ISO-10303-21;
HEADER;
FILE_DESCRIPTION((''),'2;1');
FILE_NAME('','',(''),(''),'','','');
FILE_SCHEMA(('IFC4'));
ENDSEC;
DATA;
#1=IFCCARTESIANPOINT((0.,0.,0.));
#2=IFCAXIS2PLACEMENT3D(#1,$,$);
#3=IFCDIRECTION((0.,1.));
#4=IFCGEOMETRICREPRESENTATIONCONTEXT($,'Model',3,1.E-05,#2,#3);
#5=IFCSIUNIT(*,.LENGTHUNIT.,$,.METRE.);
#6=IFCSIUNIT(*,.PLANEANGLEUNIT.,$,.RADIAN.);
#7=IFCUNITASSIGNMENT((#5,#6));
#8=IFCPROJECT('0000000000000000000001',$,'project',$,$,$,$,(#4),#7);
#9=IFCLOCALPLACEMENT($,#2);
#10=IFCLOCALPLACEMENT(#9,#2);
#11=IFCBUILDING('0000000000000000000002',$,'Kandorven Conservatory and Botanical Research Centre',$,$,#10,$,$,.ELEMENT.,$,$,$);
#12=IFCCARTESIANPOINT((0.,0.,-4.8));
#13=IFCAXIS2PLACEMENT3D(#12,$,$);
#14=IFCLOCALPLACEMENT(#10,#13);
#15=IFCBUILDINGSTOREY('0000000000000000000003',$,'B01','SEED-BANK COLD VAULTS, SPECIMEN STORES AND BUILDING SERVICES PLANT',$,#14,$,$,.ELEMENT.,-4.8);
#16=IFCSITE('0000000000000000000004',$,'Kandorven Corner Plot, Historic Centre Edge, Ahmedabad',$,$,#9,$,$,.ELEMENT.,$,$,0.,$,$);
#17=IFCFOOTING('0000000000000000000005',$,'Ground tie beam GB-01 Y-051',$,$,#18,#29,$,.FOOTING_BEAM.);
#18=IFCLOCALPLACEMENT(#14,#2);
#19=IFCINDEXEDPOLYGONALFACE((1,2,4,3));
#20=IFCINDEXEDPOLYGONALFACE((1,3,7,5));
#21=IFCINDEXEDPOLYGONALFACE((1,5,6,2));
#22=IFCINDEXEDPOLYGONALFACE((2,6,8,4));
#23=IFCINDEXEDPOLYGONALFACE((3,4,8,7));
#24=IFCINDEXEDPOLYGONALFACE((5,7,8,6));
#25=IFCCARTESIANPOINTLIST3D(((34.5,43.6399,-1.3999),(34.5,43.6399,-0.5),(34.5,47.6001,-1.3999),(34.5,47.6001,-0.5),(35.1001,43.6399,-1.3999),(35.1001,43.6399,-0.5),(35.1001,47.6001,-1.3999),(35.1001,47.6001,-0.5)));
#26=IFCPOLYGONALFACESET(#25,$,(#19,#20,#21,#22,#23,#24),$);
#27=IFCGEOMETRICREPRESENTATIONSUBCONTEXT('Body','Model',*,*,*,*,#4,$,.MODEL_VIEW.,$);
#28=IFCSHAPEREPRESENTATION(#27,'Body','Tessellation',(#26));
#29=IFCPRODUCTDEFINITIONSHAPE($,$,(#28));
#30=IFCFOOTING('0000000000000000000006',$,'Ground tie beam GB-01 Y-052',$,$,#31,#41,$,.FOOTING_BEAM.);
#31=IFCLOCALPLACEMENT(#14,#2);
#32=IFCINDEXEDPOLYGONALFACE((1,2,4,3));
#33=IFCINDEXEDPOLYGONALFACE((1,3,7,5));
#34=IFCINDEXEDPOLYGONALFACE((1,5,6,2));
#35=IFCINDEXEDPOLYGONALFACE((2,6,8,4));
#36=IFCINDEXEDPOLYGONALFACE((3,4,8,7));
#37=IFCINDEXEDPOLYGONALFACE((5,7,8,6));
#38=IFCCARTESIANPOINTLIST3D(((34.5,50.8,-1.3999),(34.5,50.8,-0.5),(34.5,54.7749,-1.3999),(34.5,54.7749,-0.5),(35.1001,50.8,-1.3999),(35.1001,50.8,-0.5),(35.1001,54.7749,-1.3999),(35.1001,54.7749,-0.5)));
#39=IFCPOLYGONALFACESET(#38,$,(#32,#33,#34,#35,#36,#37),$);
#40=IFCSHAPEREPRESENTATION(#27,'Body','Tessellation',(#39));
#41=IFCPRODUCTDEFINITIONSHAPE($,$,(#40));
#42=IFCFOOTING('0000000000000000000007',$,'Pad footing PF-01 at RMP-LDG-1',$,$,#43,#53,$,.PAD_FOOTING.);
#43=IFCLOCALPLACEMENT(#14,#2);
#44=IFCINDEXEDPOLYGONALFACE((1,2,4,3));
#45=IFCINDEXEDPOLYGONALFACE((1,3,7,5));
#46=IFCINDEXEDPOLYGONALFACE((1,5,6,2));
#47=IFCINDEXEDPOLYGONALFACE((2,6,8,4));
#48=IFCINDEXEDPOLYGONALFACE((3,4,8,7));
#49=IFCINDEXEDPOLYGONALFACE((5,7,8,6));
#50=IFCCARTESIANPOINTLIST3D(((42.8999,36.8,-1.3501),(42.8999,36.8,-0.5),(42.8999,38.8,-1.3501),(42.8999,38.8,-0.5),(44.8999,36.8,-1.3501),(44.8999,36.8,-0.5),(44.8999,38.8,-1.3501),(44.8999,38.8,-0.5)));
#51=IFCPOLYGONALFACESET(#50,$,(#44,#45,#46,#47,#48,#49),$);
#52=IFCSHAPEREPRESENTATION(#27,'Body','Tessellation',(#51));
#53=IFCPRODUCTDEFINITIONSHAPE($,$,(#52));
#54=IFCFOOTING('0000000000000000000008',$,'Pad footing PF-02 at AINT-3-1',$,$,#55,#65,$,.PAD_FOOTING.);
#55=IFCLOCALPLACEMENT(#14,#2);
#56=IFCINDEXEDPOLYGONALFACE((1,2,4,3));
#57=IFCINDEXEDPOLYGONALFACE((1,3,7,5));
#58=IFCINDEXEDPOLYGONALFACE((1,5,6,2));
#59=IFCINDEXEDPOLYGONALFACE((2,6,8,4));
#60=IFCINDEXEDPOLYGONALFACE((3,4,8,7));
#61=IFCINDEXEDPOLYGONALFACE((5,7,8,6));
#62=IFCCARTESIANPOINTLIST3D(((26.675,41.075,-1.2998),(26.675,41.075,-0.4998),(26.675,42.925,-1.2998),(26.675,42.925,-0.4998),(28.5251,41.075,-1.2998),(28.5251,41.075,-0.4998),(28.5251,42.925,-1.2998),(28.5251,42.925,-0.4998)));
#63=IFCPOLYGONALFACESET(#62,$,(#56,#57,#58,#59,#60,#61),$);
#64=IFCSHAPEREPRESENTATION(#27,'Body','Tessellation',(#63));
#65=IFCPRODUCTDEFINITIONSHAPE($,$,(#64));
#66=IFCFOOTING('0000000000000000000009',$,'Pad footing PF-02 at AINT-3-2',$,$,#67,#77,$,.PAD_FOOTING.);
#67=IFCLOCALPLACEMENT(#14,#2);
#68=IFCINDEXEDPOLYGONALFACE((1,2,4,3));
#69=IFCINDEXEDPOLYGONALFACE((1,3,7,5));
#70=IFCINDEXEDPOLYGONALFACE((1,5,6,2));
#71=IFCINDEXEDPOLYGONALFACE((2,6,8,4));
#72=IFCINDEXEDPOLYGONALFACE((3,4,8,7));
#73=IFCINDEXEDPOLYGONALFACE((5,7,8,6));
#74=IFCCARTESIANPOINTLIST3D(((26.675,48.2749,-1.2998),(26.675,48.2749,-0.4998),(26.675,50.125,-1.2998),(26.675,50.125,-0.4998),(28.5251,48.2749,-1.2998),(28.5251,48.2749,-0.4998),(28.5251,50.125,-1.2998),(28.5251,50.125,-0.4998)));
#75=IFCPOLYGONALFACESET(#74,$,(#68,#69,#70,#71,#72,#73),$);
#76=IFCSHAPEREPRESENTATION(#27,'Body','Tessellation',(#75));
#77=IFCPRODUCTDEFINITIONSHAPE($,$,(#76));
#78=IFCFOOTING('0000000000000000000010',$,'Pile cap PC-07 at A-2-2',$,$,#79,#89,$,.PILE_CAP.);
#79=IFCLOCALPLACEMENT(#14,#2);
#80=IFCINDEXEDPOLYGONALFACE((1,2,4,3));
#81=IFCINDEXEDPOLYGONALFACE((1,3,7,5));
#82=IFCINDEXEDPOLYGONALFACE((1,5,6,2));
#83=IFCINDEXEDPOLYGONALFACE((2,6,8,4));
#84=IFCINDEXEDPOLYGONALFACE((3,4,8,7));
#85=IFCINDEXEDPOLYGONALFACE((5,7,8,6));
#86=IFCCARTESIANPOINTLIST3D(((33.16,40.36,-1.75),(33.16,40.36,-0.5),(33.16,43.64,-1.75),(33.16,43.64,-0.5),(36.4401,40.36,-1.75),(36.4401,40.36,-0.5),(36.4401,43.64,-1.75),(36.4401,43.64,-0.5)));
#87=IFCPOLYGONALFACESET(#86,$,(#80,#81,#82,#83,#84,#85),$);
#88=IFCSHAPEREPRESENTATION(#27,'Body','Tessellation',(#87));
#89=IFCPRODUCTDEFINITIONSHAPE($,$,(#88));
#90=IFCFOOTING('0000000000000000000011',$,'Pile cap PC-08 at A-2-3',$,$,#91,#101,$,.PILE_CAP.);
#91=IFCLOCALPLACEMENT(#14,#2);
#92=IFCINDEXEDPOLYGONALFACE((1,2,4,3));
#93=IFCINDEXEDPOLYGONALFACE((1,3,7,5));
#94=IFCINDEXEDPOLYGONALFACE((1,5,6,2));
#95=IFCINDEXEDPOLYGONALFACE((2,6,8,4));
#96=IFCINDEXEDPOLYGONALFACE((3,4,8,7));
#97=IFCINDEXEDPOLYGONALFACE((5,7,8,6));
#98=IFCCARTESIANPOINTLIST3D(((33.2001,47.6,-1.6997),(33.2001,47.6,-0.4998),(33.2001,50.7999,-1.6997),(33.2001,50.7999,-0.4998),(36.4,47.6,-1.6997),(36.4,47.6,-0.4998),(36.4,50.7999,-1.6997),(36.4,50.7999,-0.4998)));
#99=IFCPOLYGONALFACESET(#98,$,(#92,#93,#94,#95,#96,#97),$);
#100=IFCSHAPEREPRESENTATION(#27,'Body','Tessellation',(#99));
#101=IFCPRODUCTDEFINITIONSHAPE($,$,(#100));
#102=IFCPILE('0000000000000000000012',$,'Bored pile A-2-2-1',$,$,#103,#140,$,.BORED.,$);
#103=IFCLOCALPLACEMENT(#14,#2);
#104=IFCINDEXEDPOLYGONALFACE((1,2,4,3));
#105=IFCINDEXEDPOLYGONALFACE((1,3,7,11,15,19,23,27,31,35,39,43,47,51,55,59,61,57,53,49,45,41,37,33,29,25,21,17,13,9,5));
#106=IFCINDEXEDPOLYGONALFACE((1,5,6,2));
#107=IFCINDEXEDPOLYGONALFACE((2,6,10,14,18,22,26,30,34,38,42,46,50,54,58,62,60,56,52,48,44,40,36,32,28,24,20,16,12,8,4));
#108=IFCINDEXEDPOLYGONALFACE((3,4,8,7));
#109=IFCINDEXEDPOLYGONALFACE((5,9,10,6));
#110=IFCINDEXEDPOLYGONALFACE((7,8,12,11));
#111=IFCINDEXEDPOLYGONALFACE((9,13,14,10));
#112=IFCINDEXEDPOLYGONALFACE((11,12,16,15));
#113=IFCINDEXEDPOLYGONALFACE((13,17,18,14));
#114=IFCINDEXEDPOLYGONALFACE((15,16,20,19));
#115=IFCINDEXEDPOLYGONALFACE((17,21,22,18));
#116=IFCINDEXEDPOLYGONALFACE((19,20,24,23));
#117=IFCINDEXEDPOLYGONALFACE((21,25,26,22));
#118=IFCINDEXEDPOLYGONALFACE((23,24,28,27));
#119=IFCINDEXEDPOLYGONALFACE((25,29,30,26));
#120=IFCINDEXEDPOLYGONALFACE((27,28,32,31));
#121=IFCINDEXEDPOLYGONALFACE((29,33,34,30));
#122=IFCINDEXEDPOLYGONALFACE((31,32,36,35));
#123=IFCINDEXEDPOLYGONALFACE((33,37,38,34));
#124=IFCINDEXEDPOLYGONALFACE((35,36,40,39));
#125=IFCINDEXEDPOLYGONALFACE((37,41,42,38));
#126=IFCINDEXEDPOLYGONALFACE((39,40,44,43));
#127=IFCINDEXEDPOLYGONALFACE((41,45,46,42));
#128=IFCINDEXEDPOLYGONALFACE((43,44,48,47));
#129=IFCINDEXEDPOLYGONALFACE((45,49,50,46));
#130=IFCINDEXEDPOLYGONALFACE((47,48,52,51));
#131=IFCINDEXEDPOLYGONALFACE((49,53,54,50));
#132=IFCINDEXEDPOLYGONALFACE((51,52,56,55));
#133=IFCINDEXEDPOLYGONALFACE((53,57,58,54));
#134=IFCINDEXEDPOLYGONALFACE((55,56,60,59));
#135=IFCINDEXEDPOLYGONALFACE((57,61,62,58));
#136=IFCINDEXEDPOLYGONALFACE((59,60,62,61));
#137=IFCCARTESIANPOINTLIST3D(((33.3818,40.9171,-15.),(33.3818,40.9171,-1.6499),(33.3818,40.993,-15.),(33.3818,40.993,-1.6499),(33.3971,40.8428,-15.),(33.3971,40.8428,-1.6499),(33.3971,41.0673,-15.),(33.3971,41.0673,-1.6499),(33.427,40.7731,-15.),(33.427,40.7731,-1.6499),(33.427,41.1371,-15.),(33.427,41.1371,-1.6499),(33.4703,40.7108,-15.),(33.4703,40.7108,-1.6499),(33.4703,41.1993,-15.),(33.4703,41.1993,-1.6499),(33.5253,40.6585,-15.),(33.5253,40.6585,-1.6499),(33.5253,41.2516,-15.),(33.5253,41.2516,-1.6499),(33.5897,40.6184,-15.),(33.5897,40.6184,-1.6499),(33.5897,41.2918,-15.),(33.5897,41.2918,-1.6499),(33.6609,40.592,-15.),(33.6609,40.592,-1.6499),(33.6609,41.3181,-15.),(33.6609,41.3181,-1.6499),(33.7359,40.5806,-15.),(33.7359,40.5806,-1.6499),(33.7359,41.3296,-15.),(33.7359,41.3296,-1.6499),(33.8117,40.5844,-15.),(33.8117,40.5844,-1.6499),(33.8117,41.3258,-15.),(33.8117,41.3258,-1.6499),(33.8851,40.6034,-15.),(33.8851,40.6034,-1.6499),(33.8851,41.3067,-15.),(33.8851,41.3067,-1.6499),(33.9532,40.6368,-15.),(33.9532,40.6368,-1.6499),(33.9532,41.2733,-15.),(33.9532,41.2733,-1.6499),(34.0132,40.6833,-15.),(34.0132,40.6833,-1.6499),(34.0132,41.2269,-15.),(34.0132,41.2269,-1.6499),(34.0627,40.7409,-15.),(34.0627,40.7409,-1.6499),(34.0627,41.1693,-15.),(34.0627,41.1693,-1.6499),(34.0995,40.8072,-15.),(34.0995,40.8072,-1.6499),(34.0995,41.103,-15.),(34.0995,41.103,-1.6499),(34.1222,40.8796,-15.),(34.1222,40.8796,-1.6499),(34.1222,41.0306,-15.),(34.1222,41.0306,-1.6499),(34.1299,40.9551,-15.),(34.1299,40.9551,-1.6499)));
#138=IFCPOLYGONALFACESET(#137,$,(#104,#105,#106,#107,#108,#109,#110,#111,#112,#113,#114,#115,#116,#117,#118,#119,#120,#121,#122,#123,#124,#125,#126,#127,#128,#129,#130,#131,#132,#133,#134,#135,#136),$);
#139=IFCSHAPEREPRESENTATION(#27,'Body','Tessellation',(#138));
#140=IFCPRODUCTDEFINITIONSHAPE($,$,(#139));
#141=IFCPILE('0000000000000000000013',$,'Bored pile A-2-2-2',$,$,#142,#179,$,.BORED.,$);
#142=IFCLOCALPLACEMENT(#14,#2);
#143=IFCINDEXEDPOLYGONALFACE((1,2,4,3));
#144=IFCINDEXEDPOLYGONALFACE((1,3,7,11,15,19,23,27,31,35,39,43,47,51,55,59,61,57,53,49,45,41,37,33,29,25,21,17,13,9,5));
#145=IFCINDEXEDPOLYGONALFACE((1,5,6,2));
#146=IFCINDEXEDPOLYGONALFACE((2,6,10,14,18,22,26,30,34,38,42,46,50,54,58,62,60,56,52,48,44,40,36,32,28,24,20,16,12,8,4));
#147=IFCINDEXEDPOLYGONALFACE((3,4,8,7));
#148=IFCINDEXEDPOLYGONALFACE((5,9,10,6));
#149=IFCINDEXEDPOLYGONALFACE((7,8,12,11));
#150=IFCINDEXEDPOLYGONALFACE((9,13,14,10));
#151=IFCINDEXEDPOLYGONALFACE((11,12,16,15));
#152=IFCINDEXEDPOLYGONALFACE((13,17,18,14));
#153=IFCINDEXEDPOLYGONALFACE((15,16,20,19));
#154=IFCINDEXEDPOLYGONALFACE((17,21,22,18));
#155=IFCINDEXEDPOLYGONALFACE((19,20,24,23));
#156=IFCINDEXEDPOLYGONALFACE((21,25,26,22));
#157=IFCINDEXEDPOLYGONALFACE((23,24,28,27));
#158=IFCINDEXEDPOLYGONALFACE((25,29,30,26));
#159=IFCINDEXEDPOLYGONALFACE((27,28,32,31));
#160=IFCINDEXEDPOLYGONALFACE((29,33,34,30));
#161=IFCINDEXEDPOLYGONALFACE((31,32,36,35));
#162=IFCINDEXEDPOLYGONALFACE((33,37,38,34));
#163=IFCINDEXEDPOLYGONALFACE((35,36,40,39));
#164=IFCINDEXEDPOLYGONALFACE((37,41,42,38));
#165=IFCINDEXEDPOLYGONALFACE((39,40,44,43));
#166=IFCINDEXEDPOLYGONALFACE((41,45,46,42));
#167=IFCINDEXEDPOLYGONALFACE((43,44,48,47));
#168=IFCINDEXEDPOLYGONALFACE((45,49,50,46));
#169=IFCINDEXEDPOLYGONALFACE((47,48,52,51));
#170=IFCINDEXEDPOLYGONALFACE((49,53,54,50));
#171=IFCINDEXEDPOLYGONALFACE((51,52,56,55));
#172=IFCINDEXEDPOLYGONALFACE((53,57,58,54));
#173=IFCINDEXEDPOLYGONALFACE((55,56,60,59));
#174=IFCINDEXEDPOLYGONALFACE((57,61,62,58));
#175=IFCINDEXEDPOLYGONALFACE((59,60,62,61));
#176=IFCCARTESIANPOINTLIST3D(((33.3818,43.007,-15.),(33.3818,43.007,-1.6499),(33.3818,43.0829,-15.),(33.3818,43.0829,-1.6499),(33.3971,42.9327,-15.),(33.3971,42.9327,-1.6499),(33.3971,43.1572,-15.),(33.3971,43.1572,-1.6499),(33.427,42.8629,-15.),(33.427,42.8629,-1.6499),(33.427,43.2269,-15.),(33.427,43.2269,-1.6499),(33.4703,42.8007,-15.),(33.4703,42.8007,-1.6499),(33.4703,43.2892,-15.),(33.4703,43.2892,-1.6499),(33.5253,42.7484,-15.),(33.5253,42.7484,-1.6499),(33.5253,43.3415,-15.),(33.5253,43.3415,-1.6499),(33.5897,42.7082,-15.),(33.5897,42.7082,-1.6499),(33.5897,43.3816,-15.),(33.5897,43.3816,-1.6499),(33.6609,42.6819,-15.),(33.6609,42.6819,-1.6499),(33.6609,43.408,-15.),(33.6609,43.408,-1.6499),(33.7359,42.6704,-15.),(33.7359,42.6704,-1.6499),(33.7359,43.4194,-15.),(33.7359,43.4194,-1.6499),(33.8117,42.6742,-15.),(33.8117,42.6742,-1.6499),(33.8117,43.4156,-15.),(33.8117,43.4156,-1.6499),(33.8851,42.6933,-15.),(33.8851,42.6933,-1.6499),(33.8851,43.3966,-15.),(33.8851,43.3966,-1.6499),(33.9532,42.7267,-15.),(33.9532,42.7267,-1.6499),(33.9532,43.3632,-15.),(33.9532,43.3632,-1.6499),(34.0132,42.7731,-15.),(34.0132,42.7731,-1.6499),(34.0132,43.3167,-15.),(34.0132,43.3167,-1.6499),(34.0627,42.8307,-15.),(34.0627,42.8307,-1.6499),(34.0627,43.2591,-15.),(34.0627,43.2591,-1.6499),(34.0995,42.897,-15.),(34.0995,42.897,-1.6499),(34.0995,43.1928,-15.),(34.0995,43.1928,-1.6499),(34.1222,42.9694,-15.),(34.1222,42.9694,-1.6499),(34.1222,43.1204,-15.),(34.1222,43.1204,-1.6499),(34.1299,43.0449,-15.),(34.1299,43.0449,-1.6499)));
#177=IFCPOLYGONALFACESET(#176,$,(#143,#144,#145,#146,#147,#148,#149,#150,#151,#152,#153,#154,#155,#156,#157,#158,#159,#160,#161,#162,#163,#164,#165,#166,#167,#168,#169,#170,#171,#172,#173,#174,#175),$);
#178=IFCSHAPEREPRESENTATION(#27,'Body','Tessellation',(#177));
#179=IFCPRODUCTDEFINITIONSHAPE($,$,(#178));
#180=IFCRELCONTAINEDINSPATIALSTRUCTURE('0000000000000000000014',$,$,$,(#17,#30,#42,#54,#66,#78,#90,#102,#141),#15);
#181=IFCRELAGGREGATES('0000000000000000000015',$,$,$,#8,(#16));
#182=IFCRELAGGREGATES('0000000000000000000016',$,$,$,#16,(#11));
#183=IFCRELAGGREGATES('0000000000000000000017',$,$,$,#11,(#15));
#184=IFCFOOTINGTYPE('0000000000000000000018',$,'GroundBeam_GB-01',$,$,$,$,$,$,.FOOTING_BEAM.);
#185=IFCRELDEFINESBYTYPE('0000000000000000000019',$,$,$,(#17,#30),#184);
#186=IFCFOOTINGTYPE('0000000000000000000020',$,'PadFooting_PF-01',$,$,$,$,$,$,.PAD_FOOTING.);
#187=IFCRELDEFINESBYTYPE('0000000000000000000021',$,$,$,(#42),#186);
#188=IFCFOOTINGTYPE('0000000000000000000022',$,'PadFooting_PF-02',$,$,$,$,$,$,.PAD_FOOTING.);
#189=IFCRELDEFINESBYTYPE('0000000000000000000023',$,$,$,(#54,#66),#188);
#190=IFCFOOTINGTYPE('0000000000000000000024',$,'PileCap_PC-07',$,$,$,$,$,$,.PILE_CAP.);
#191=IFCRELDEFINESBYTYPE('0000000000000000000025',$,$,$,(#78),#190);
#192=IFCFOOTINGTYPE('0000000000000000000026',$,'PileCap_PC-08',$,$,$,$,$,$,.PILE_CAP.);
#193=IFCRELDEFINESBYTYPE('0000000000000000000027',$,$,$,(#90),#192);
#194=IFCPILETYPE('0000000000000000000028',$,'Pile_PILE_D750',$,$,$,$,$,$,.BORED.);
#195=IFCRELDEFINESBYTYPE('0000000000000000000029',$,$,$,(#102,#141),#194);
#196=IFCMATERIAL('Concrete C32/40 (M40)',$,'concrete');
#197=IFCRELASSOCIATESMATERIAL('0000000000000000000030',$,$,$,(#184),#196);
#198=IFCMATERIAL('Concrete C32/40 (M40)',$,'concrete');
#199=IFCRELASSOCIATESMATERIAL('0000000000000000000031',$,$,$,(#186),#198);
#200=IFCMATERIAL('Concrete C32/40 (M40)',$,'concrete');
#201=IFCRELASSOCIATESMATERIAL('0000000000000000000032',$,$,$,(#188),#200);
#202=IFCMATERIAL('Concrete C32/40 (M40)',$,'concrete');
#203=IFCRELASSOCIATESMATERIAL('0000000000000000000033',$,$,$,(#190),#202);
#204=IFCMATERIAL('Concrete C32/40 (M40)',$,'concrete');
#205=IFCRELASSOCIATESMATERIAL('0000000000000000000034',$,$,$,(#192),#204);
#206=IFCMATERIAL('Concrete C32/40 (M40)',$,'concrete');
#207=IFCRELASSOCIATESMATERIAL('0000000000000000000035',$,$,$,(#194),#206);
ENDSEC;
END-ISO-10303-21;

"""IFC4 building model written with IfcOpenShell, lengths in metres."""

from ifc_helpers import new_model, si_unit, direction, frame, origin, origin_2d, place, context, subcontext, project, spatial, rectangle, circle, extrude, material, material_profile, profile_set, type_object, element, save


model = new_model("IFC4")

# Units and contexts
model_context = context("Model", 3, precision=1e-05, world=origin(), true_north=direction((0.0, 1.0)))
body_context = subcontext(model_context, "Body", "Model", "MODEL_VIEW")
ifc_project = project(units=[si_unit("LENGTHUNIT", "METRE"), si_unit("PLANEANGLEUNIT", "RADIAN")], contexts=[model_context])

# Site, building, storey
site_placement = place(None, origin())
site = spatial("IfcSite", under=ifc_project, at=site_placement, Name="Kandorven Corner Plot, Historic Centre Edge, Ahmedabad", CompositionType="ELEMENT", RefElevation=0.0)
building_placement = place(site_placement, origin())
building = spatial("IfcBuilding", under=site, at=building_placement, Name="Kandorven Conservatory and Botanical Research Centre", CompositionType="ELEMENT")
storey_placement = place(building_placement, frame((0.0, 0.0, -4.8)))
storey = spatial("IfcBuildingStorey", under=building, at=storey_placement, Name="B01", Description="SEED-BANK COLD VAULTS, SPECIMEN STORES AND BUILDING SERVICES PLANT", CompositionType="ELEMENT", Elevation=-4.8)

# Footings
ifc_material_1 = material(Name="Concrete C32/40 (M40)", Category="concrete")
ifc_material_profile_1 = material_profile(ifc_material_1, rectangle(XDim=0.6001, YDim=0.8999, at=origin_2d()))
ifc_profile_set_1 = profile_set([ifc_material_profile_1], Name="Concrete C32/40 (M40)")
footing_type_1 = type_object("IfcFootingType", Name="GroundBeam_GB-01", PredefinedType="FOOTING_BEAM", material=ifc_profile_set_1)
footing_1_placement = place(storey_placement, frame((34.8, 43.6399, -0.95), z_axis=(0.0, 1.0, 0.0), x_axis=(-1.0, 0.0, 0.0)))
element("IfcFooting", 1, at=footing_1_placement, inside=storey, type_object=footing_type_1, Name="Ground tie beam GB-01 Y-051", PredefinedType="FOOTING_BEAM", context=body_context, shape_type="SweptSolid", body=[
    extrude(rectangle(XDim=0.6001, YDim=0.8999, at=origin_2d()), origin(), (0.0, 0.0, 1.0), 3.9602),
])
footing_2_placement = place(storey_placement, frame((34.8, 50.8, -0.95), z_axis=(0.0, 1.0, 0.0), x_axis=(-1.0, 0.0, 0.0)))
element("IfcFooting", 2, at=footing_2_placement, inside=storey, type_object=footing_type_1, Name="Ground tie beam GB-01 Y-052", PredefinedType="FOOTING_BEAM", context=body_context, shape_type="SweptSolid", body=[
    extrude(rectangle(XDim=0.6001, YDim=0.8999, at=origin_2d()), origin(), (0.0, 0.0, 1.0), 3.9749),
])
ifc_material_2 = material(Name="Concrete C32/40 (M40)", Category="concrete")
footing_type_2 = type_object("IfcFootingType", Name="PadFooting_PF-01", PredefinedType="PAD_FOOTING", material=ifc_material_2)
footing_3_placement = place(storey_placement, frame((43.8999, 37.8, -1.3501), z_axis=(0.0, 0.0, 1.0), x_axis=(1.0, 0.0, 0.0)))
element("IfcFooting", 3, at=footing_3_placement, inside=storey, type_object=footing_type_2, Name="Pad footing PF-01 at RMP-LDG-1", PredefinedType="PAD_FOOTING", context=body_context, shape_type="SweptSolid", body=[
    extrude(rectangle(XDim=2.0, YDim=2.0, at=origin_2d()), origin(), (0.0, 0.0, 1.0), 0.8501),
])
ifc_material_3 = material(Name="Concrete C32/40 (M40)", Category="concrete")
footing_type_3 = type_object("IfcFootingType", Name="PadFooting_PF-02", PredefinedType="PAD_FOOTING", material=ifc_material_3)
for number, where, z_axis, x_axis, name in (
    (4, (27.6001, 42.0, -1.2998), (0.0, 0.0, 1.0), (1.0, 0.0, 0.0), "Pad footing PF-02 at AINT-3-1"),
    (5, (27.6001, 49.2, -1.2998), (0.0, 0.0, 1.0), (1.0, 0.0, 0.0), "Pad footing PF-02 at AINT-3-2"),
):
    element("IfcFooting", number, at=place(storey_placement, frame(where, z_axis=z_axis, x_axis=x_axis)), inside=storey, type_object=footing_type_3, Name=name, PredefinedType="PAD_FOOTING", context=body_context, shape_type="SweptSolid", body=[
        extrude(rectangle(XDim=1.8501, YDim=1.8501, at=origin_2d()), origin(), (0.0, 0.0, 1.0), 0.8),
    ])
ifc_material_4 = material(Name="Concrete C32/40 (M40)", Category="concrete")
footing_type_4 = type_object("IfcFootingType", Name="PileCap_PC-07", PredefinedType="PILE_CAP", material=ifc_material_4)
footing_4_placement = place(storey_placement, frame((34.8, 42.0, -1.75), z_axis=(0.0, 0.0, 1.0), x_axis=(1.0, 0.0, 0.0)))
element("IfcFooting", 6, at=footing_4_placement, inside=storey, type_object=footing_type_4, Name="Pile cap PC-07 at A-2-2", PredefinedType="PILE_CAP", context=body_context, shape_type="SweptSolid", body=[
    extrude(rectangle(XDim=3.28, YDim=3.28, at=origin_2d()), origin(), (0.0, 0.0, 1.0), 1.25),
])
ifc_material_5 = material(Name="Concrete C32/40 (M40)", Category="concrete")
footing_type_5 = type_object("IfcFootingType", Name="PileCap_PC-08", PredefinedType="PILE_CAP", material=ifc_material_5)
footing_5_placement = place(storey_placement, frame((34.8, 49.2, -1.6997), z_axis=(0.0, 0.0, 1.0), x_axis=(1.0, 0.0, 0.0)))
element("IfcFooting", 7, at=footing_5_placement, inside=storey, type_object=footing_type_5, Name="Pile cap PC-08 at A-2-3", PredefinedType="PILE_CAP", context=body_context, shape_type="SweptSolid", body=[
    extrude(rectangle(XDim=3.2, YDim=3.2, at=origin_2d()), origin(), (0.0, 0.0, 1.0), 1.2),
])

# Piles
ifc_material_6 = material(Name="Concrete C32/40 (M40)", Category="concrete")
ifc_material_profile_2 = material_profile(ifc_material_6, circle(Radius=0.375, at=origin_2d()))
ifc_profile_set_2 = profile_set([ifc_material_profile_2], Name="Concrete C32/40 (M40)")
pile_type = type_object("IfcPileType", Name="Pile_PILE_D750", PredefinedType="BORED", material=ifc_profile_set_2)
for number, where, z_axis, x_axis, name in (
    (8, (33.7549, 40.9551, -1.6499), (0.0, 0.0, -1.0), (1.0, 0.0, 0.0), "Bored pile A-2-2-1"),
    (9, (33.7549, 43.0449, -1.6499), (0.0, 0.0, -1.0), (1.0, 0.0, 0.0), "Bored pile A-2-2-2"),
):
    element("IfcPile", number, at=place(storey_placement, frame(where, z_axis=z_axis, x_axis=x_axis)), inside=storey, type_object=pile_type, Name=name, PredefinedType="BORED", context=body_context, shape_type="SweptSolid", body=[
        extrude(circle(Radius=0.375, at=origin_2d()), origin(), (0.0, 0.0, 1.0), 13.3501),
    ])

save(model, "model.ifc")
